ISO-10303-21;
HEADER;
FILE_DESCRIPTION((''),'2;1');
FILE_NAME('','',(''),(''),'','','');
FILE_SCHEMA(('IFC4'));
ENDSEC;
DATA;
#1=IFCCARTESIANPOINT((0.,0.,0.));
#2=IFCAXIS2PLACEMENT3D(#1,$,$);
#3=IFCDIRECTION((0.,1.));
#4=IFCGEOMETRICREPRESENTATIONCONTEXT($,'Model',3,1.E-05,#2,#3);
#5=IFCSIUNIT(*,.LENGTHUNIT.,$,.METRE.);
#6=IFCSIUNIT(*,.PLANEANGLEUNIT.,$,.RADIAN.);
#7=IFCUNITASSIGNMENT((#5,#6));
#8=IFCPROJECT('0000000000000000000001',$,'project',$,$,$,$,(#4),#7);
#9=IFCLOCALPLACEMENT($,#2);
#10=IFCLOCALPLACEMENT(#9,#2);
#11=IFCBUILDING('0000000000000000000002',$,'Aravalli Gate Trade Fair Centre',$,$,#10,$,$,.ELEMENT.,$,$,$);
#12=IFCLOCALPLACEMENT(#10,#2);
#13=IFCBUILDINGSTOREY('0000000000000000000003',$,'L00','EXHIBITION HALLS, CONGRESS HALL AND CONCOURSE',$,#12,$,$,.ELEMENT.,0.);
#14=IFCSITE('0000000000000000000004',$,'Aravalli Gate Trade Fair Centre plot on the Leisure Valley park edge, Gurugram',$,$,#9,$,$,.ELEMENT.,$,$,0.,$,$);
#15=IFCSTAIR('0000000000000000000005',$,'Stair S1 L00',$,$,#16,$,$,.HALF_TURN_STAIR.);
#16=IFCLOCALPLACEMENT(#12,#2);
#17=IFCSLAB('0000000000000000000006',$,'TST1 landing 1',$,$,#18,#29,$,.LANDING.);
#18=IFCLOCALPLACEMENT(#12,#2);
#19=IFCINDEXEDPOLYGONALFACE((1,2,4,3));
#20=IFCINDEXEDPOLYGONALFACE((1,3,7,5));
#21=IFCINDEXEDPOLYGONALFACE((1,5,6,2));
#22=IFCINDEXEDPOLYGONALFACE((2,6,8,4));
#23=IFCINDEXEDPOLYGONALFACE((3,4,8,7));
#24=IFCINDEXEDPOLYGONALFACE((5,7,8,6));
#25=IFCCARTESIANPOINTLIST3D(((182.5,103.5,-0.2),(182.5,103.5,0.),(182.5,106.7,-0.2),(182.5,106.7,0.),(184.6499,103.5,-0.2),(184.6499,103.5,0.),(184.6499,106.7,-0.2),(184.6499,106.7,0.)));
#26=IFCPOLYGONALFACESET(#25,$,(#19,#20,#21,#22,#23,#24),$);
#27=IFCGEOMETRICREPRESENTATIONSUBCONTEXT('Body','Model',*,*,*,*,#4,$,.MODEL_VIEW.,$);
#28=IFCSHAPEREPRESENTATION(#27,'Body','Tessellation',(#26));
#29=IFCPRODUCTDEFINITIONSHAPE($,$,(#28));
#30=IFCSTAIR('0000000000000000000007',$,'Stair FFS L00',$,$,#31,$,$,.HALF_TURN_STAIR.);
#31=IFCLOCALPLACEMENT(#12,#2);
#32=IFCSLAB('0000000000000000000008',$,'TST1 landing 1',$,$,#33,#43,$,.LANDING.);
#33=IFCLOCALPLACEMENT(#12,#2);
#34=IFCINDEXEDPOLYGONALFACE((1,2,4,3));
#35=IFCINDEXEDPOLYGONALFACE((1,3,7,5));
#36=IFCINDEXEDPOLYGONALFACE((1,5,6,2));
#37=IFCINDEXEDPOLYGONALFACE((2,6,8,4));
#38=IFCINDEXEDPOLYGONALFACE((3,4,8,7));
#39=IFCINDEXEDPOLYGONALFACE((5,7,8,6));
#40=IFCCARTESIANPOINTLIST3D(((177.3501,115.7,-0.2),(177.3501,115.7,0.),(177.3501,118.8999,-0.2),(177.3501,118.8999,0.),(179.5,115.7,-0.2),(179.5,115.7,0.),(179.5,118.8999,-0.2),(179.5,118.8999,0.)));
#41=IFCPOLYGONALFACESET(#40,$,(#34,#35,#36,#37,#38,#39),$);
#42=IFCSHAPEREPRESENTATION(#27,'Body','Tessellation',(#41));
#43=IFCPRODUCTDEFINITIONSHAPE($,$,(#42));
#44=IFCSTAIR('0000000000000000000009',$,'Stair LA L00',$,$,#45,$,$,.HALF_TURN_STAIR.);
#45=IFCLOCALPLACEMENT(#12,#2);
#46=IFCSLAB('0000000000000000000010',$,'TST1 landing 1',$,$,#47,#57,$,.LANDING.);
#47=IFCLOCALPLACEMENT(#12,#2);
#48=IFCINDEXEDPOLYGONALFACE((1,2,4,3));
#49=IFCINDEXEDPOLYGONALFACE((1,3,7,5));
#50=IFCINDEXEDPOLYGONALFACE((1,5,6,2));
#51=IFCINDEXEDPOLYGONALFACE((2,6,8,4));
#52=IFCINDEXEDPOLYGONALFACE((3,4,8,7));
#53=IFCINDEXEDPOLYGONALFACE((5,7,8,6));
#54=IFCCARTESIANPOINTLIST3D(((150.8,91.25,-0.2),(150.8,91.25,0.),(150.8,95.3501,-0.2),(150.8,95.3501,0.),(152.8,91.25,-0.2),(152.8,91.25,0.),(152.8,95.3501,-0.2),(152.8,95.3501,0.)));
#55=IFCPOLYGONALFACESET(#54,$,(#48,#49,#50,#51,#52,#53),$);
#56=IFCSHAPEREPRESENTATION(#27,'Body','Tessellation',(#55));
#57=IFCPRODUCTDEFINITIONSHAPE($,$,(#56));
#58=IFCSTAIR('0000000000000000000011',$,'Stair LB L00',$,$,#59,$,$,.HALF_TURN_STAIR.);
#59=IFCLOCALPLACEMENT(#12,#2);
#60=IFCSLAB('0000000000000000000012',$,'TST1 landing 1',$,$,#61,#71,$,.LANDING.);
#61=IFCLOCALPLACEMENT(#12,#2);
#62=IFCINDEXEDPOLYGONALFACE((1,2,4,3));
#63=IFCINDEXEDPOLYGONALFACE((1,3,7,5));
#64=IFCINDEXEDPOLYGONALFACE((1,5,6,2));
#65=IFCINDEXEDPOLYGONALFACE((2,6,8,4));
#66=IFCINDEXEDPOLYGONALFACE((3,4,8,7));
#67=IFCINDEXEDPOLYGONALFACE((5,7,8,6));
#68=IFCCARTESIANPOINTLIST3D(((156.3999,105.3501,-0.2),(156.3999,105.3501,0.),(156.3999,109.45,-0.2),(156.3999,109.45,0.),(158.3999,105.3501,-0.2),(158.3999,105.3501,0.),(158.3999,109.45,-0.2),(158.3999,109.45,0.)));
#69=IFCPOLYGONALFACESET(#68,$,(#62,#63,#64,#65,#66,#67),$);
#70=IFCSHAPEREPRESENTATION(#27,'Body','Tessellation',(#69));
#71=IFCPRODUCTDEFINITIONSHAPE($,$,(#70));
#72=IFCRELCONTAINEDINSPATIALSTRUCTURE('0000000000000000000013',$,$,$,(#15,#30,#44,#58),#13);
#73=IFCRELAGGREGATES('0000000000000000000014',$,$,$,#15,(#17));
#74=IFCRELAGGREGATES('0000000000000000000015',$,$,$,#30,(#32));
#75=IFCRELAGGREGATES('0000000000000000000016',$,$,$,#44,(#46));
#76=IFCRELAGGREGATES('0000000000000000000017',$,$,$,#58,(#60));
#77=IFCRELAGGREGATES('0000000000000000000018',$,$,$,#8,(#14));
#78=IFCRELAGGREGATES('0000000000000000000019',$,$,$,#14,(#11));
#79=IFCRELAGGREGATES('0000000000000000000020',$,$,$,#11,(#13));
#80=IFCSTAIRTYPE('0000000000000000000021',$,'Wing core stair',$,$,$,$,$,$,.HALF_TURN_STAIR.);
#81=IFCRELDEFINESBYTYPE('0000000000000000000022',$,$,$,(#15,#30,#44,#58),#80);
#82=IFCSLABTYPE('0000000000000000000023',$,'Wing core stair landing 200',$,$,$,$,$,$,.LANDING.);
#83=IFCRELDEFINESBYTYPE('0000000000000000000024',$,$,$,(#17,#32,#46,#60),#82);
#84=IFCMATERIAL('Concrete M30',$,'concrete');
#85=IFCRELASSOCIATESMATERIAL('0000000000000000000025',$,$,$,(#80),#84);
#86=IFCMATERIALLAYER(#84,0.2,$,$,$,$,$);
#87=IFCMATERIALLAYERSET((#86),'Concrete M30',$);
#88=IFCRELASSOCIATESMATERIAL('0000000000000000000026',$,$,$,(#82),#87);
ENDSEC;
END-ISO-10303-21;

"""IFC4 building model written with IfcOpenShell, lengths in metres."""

from ifc_helpers import new_model, si_unit, direction, frame, origin, place, context, subcontext, project, spatial, polyline, outline, extrude, material, layer, layer_set, type_object, element, aggregate, save


model = new_model("IFC4")

# Units and contexts
model_context = context("Model", 3, precision=1e-05, world=origin(), true_north=direction((0.0, 1.0)))
body_context = subcontext(model_context, "Body", "Model", "MODEL_VIEW")
ifc_project = project(units=[si_unit("LENGTHUNIT", "METRE"), si_unit("PLANEANGLEUNIT", "RADIAN")], contexts=[model_context])

# Site, building, storey
site_placement = place(None, origin())
site = spatial("IfcSite", under=ifc_project, at=site_placement, Name="Aravalli Gate Trade Fair Centre plot on the Leisure Valley park edge, Gurugram", CompositionType="ELEMENT", RefElevation=0.0)
building_placement = place(site_placement, origin())
building = spatial("IfcBuilding", under=site, at=building_placement, Name="Aravalli Gate Trade Fair Centre", CompositionType="ELEMENT")
storey_placement = place(building_placement, origin())
storey = spatial("IfcBuildingStorey", under=building, at=storey_placement, Name="L00", Description="EXHIBITION HALLS, CONGRESS HALL AND CONCOURSE", CompositionType="ELEMENT", Elevation=0.0)

# Shared definitions
ifc_material_1 = material(Name="Concrete M30", Category="concrete")

# Stairs, slabs
stair_type_1 = type_object("IfcStairType", Name="Wing core stair", PredefinedType="HALF_TURN_STAIR", material=ifc_material_1)
ifc_layer_1 = layer(ifc_material_1, 0.2)
ifc_layer_set_1 = layer_set([ifc_layer_1], Name="Concrete M30")
slab_type_1 = type_object("IfcSlabType", Name="Wing core stair landing 200", PredefinedType="LANDING", material=ifc_layer_set_1)
stair_1_placement = place(storey_placement, origin())
stair_1 = element("IfcStair", 1, at=stair_1_placement, inside=storey, type_object=stair_type_1, Name="Stair S1 L00", PredefinedType="HALF_TURN_STAIR")
slab_1_placement = place(storey_placement, frame((0.0, 0.0, -0.2)))
slab_1 = element("IfcSlab", 2, at=slab_1_placement, type_object=slab_type_1, Name="TST1 landing 1", PredefinedType="LANDING", context=body_context, shape_type="SweptSolid", body=[
    extrude(outline(polyline([(182.5, 103.5), (184.6499, 103.5), (184.6499, 106.7), (182.5, 106.7), (182.5, 103.5)])), origin(), (0.0, 0.0, 1.0), 0.2),
])
aggregate(stair_1, [slab_1])
stair_2_placement = place(storey_placement, origin())
stair_2 = element("IfcStair", 3, at=stair_2_placement, inside=storey, type_object=stair_type_1, Name="Stair FFS L00", PredefinedType="HALF_TURN_STAIR")
slab_2_placement = place(storey_placement, frame((0.0, 0.0, -0.2)))
slab_2 = element("IfcSlab", 4, at=slab_2_placement, type_object=slab_type_1, Name="TST1 landing 1", PredefinedType="LANDING", context=body_context, shape_type="SweptSolid", body=[
    extrude(outline(polyline([(177.3501, 115.7), (179.5, 115.7), (179.5, 118.8999), (177.3501, 118.8999), (177.3501, 115.7)])), origin(), (0.0, 0.0, 1.0), 0.2),
])
aggregate(stair_2, [slab_2])
stair_3_placement = place(storey_placement, origin())
stair_3 = element("IfcStair", 5, at=stair_3_placement, inside=storey, type_object=stair_type_1, Name="Stair LA L00", PredefinedType="HALF_TURN_STAIR")
slab_3_placement = place(storey_placement, frame((0.0, 0.0, -0.2)))
slab_3 = element("IfcSlab", 6, at=slab_3_placement, type_object=slab_type_1, Name="TST1 landing 1", PredefinedType="LANDING", context=body_context, shape_type="SweptSolid", body=[
    extrude(outline(polyline([(150.8, 91.25), (152.8, 91.25), (152.8, 95.3501), (150.8, 95.3501), (150.8, 91.25)])), origin(), (0.0, 0.0, 1.0), 0.2),
])
aggregate(stair_3, [slab_3])
stair_4_placement = place(storey_placement, origin())
stair_4 = element("IfcStair", 7, at=stair_4_placement, inside=storey, type_object=stair_type_1, Name="Stair LB L00", PredefinedType="HALF_TURN_STAIR")
slab_4_placement = place(storey_placement, frame((0.0, 0.0, -0.2)))
slab_4 = element("IfcSlab", 8, at=slab_4_placement, type_object=slab_type_1, Name="TST1 landing 1", PredefinedType="LANDING", context=body_context, shape_type="SweptSolid", body=[
    extrude(outline(polyline([(156.3999, 105.3501), (158.3999, 105.3501), (158.3999, 109.45), (156.3999, 109.45), (156.3999, 105.3501)])), origin(), (0.0, 0.0, 1.0), 0.2),
])
aggregate(stair_4, [slab_4])

save(model, "model.ifc")
